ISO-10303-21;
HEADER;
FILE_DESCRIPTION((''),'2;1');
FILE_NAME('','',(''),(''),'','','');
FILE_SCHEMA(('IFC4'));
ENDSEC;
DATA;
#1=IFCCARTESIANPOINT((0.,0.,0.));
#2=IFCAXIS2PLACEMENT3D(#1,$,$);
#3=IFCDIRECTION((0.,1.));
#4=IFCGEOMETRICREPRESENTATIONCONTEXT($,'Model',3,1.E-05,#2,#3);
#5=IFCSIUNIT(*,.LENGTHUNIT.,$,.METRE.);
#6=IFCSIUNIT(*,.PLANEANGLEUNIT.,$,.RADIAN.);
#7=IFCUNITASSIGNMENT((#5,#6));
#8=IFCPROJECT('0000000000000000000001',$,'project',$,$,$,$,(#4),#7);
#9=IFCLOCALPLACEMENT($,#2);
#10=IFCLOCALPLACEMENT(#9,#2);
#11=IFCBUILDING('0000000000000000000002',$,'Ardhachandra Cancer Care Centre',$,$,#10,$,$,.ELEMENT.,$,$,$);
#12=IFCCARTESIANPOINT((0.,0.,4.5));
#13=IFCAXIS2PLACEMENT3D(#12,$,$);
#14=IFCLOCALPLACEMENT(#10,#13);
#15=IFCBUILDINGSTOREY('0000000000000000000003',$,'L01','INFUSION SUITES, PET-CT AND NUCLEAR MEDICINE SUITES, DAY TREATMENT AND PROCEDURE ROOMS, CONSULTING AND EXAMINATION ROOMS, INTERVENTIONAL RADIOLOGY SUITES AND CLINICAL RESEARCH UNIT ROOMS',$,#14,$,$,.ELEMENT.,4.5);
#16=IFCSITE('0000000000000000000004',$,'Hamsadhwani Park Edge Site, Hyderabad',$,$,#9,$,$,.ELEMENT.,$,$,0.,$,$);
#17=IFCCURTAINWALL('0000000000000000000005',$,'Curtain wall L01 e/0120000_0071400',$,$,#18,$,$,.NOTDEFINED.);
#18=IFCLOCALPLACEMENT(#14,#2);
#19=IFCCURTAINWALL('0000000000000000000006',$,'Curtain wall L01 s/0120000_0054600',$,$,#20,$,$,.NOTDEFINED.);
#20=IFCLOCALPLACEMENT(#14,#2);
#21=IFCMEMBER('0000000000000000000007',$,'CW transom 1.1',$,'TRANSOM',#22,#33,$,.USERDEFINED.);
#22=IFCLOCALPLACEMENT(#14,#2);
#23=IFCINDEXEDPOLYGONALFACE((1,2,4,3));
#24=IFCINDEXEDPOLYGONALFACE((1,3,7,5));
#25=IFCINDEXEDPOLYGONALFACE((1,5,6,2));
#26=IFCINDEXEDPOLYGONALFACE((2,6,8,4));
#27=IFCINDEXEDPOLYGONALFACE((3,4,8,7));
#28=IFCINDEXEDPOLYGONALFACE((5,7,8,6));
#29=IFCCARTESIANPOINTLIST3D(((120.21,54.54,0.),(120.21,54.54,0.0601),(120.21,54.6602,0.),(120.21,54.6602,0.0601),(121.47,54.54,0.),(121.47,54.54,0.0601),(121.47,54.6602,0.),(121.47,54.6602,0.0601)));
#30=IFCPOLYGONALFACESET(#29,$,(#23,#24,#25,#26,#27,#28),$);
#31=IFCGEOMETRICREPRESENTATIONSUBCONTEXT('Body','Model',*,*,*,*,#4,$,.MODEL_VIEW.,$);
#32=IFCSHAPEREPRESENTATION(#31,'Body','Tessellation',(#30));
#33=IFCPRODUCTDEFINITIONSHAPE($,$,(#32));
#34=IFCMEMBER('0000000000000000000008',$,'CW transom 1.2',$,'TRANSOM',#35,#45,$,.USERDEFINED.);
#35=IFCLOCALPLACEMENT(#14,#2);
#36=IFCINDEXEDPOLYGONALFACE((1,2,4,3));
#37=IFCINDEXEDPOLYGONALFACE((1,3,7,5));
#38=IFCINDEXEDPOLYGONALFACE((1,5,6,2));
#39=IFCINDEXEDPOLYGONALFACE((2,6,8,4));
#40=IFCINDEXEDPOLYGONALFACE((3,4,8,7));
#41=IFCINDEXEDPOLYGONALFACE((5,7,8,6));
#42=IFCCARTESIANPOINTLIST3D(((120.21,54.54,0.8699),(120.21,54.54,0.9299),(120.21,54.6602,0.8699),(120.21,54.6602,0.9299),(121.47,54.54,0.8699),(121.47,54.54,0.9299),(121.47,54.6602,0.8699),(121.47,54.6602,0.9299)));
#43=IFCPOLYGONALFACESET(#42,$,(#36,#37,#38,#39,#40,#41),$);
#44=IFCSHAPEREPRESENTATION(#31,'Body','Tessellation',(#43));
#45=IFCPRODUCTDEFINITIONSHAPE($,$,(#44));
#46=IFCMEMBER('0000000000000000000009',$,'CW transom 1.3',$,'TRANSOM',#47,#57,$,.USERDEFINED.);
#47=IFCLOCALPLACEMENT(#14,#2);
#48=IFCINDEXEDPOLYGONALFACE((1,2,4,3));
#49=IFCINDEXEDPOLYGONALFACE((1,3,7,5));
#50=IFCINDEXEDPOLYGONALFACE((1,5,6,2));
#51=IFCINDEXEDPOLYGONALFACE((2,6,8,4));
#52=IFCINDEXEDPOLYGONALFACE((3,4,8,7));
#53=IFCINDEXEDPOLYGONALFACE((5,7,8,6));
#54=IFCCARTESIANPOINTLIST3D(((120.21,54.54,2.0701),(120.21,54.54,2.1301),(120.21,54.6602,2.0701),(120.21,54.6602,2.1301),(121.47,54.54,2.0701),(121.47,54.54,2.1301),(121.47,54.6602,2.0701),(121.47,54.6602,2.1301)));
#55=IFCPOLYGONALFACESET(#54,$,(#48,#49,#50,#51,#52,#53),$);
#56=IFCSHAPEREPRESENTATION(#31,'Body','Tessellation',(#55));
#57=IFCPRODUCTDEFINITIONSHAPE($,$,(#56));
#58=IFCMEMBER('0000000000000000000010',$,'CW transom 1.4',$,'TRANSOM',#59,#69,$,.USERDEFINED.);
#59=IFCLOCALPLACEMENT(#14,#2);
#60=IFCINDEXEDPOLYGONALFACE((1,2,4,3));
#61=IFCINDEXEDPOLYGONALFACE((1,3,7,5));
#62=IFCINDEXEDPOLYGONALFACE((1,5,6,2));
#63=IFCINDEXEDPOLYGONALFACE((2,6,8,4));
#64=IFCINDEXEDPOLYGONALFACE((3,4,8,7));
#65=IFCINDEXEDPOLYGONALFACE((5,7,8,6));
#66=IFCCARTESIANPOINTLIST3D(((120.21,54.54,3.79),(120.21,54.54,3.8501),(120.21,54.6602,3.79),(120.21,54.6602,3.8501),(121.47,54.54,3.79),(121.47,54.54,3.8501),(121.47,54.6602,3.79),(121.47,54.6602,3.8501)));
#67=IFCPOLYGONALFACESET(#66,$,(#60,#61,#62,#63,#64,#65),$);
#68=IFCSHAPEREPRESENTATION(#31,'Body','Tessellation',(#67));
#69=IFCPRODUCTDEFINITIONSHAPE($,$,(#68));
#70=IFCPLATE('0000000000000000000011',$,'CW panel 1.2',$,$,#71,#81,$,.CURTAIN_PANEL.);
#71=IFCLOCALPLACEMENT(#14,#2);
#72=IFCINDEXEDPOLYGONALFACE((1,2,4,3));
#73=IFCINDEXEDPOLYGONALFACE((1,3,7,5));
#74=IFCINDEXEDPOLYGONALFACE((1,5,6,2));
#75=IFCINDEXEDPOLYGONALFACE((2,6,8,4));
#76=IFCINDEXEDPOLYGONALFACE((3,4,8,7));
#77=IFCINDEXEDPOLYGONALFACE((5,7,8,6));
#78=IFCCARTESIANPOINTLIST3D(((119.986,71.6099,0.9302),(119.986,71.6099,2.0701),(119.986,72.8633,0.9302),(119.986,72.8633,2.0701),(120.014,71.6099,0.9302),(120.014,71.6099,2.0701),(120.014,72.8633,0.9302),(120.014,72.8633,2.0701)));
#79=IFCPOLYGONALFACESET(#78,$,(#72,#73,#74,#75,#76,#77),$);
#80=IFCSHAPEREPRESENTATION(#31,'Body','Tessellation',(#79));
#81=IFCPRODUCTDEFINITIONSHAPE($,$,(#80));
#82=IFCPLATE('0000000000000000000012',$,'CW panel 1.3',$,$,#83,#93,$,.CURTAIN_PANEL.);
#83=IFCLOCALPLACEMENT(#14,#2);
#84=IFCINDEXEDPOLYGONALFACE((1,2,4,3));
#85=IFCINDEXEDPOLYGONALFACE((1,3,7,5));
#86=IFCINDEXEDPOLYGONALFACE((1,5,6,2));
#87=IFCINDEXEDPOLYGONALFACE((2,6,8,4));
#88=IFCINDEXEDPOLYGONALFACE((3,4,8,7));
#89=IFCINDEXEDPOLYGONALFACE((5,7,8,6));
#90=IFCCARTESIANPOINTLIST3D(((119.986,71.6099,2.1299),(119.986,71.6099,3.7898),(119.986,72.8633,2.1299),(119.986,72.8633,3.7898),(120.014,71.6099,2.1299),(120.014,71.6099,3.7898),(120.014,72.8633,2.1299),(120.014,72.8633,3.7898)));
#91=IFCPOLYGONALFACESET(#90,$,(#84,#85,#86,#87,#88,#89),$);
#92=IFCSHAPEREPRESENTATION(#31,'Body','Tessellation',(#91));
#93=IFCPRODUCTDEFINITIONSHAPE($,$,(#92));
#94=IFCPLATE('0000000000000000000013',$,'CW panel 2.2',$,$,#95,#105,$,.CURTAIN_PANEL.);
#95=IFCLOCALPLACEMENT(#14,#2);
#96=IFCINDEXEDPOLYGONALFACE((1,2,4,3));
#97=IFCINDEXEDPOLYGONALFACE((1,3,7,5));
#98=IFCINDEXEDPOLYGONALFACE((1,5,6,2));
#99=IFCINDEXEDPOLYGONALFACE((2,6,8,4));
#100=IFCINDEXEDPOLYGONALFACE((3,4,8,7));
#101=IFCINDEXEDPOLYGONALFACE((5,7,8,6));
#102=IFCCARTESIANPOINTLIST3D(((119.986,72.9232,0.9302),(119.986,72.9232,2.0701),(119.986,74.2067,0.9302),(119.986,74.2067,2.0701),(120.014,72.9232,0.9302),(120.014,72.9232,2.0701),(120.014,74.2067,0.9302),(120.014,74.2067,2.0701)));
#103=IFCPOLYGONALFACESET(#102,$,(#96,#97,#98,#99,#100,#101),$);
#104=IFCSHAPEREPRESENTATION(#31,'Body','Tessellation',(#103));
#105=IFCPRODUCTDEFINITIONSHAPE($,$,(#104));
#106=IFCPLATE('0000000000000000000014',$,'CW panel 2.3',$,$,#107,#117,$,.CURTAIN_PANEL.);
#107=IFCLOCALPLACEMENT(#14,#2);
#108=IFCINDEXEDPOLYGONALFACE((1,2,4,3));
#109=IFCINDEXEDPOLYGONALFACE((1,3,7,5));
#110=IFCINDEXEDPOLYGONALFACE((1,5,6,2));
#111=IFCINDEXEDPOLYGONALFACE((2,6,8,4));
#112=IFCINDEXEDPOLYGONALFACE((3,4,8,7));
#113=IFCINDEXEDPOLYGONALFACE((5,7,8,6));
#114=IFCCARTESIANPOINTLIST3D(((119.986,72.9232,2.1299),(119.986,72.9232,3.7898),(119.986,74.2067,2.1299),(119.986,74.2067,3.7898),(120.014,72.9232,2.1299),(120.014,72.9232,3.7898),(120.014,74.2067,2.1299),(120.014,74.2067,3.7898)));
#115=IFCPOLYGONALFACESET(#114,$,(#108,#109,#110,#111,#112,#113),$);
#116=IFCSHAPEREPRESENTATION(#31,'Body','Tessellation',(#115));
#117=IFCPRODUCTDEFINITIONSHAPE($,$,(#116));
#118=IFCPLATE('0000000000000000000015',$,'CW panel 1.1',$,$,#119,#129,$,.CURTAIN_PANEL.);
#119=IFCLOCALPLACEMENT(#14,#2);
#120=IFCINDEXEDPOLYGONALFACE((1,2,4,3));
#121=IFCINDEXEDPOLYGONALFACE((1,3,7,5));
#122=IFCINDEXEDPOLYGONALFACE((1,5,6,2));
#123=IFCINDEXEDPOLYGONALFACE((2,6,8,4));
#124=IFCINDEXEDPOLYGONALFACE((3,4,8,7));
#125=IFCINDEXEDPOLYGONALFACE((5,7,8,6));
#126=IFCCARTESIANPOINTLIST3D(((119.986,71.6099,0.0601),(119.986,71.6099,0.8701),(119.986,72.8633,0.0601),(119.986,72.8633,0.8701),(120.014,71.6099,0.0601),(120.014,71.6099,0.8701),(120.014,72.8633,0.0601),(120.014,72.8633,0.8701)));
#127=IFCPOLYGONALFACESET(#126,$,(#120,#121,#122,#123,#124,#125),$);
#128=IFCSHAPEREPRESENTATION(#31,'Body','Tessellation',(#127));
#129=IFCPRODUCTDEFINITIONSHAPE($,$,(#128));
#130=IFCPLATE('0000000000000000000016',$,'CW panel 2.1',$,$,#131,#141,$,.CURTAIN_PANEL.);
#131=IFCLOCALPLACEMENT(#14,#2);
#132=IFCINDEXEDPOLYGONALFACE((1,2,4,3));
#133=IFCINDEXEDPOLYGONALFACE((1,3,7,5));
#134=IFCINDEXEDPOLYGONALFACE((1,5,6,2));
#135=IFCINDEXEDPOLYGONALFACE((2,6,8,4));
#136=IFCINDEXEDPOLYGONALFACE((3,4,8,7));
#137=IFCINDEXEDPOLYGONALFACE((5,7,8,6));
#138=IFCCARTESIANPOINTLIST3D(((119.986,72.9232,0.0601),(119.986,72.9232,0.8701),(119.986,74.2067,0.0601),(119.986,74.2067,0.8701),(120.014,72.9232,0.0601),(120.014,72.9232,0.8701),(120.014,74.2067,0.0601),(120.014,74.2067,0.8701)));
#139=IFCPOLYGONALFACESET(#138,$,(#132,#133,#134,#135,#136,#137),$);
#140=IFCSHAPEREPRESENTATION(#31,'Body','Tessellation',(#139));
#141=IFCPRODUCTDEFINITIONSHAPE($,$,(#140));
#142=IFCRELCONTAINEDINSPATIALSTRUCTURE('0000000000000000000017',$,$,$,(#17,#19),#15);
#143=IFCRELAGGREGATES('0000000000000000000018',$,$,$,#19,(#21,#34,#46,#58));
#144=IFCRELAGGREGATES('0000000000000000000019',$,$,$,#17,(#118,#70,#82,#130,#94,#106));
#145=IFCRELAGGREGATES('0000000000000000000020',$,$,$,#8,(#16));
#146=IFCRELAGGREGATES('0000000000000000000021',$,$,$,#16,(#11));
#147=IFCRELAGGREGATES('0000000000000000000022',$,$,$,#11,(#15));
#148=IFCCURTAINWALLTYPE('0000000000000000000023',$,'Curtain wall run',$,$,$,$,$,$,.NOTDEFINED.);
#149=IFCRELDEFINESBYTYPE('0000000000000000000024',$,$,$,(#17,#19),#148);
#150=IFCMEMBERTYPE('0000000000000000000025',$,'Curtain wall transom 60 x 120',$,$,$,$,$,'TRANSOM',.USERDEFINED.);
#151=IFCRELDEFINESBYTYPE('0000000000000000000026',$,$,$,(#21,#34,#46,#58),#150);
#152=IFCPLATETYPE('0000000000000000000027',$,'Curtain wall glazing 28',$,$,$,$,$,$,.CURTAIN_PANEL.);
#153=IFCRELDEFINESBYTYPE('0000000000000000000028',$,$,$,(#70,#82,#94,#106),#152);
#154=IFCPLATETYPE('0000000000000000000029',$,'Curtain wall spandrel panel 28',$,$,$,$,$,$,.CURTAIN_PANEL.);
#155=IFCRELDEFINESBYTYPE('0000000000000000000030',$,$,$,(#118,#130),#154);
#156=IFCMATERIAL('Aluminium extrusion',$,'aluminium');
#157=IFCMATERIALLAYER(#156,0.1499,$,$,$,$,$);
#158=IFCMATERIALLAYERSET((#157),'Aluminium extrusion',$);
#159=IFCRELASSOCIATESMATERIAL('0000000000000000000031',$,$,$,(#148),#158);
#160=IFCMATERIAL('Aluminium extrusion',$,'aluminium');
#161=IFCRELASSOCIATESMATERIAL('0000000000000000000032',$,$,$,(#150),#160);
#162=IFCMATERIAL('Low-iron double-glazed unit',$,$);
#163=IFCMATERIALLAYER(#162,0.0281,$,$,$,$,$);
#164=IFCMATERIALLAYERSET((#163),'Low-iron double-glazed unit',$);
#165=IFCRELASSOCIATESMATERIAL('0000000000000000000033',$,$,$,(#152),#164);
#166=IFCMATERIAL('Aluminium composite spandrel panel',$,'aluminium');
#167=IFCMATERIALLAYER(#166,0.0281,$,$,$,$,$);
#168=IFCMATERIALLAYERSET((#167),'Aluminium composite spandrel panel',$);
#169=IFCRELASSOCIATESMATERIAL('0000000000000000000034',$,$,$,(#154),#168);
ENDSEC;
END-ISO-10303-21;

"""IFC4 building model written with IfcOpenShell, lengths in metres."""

from ifc_helpers import new_model, si_unit, direction, frame, origin, origin_2d, place, context, subcontext, project, spatial, rectangle, extrude, material, layer, layer_set, material_profile, profile_set, type_object, element, aggregate, save


model = new_model("IFC4")

# Units and contexts
model_context = context("Model", 3, precision=1e-05, world=origin(), true_north=direction((0.0, 1.0)))
body_context = subcontext(model_context, "Body", "Model", "MODEL_VIEW")
ifc_project = project(units=[si_unit("LENGTHUNIT", "METRE"), si_unit("PLANEANGLEUNIT", "RADIAN")], contexts=[model_context])

# Site, building, storey
site_placement = place(None, origin())
site = spatial("IfcSite", under=ifc_project, at=site_placement, Name="Hamsadhwani Park Edge Site, Hyderabad", CompositionType="ELEMENT", RefElevation=0.0)
building_placement = place(site_placement, origin())
building = spatial("IfcBuilding", under=site, at=building_placement, Name="Ardhachandra Cancer Care Centre", CompositionType="ELEMENT")
storey_placement = place(building_placement, frame((0.0, 0.0, 4.5)))
storey = spatial("IfcBuildingStorey", under=building, at=storey_placement, Name="L01", Description="INFUSION SUITES, PET-CT AND NUCLEAR MEDICINE SUITES, DAY TREATMENT AND PROCEDURE ROOMS, CONSULTING AND EXAMINATION ROOMS, INTERVENTIONAL RADIOLOGY SUITES AND CLINICAL RESEARCH UNIT ROOMS", CompositionType="ELEMENT", Elevation=4.5)

# Curtain wall
ifc_material_1 = material(Name="Aluminium extrusion", Category="aluminium")
ifc_layer_1 = layer(ifc_material_1, 0.1499)
ifc_layer_set_1 = layer_set([ifc_layer_1], Name="Aluminium extrusion")
curtain_wall_type = type_object("IfcCurtainWallType", Name="Curtain wall run", PredefinedType="NOTDEFINED", material=ifc_layer_set_1)
curtain_wall_1_placement = place(storey_placement, origin())
curtain_wall_1 = element("IfcCurtainWall", 1, at=curtain_wall_1_placement, inside=storey, type_object=curtain_wall_type, Name="Curtain wall L01 e/0120000_0071400", PredefinedType="NOTDEFINED")

# Curtain wall
curtain_wall_2_placement = place(storey_placement, origin())
curtain_wall_2 = element("IfcCurtainWall", 2, at=curtain_wall_2_placement, inside=storey, type_object=curtain_wall_type, Name="Curtain wall L01 s/0120000_0054600", PredefinedType="NOTDEFINED")

# Members
ifc_material_2 = material(Name="Aluminium extrusion", Category="aluminium")
ifc_material_profile_1 = material_profile(ifc_material_2, rectangle(XDim=0.1201, YDim=0.0601, at=origin_2d()), Name="Curtain wall transom 60 x 120")
ifc_profile_set_1 = profile_set([ifc_material_profile_1], Name="Aluminium extrusion")
member_type_1 = type_object("IfcMemberType", Name="Curtain wall transom 60 x 120", ElementType="TRANSOM", PredefinedType="USERDEFINED", material=ifc_profile_set_1)
member_1_placement = place(storey_placement, frame((120.21, 54.6001, 0.03), z_axis=(1.0, 0.0, 0.0), x_axis=(0.0, 1.0, 0.0)))
member_1 = element("IfcMember", 3, at=member_1_placement, type_object=member_type_1, Name="CW transom 1.1", ObjectType="TRANSOM", PredefinedType="USERDEFINED", context=body_context, shape_type="SweptSolid", body=[
    extrude(rectangle(XDim=0.1201, YDim=0.0601, at=origin_2d()), origin(), (0.0, 0.0, 1.0), 1.26),
])
member_2_placement = place(storey_placement, frame((120.21, 54.6001, 0.8999), z_axis=(1.0, 0.0, 0.0), x_axis=(0.0, 1.0, 0.0)))
member_2 = element("IfcMember", 4, at=member_2_placement, type_object=member_type_1, Name="CW transom 1.2", ObjectType="TRANSOM", PredefinedType="USERDEFINED", context=body_context, shape_type="SweptSolid", body=[
    extrude(rectangle(XDim=0.1201, YDim=0.0601, at=origin_2d()), origin(), (0.0, 0.0, 1.0), 1.26),
])
member_3_placement = place(storey_placement, frame((120.21, 54.6001, 2.1001), z_axis=(1.0, 0.0, 0.0), x_axis=(0.0, 1.0, 0.0)))
member_3 = element("IfcMember", 5, at=member_3_placement, type_object=member_type_1, Name="CW transom 1.3", ObjectType="TRANSOM", PredefinedType="USERDEFINED", context=body_context, shape_type="SweptSolid", body=[
    extrude(rectangle(XDim=0.1201, YDim=0.0601, at=origin_2d()), origin(), (0.0, 0.0, 1.0), 1.26),
])
member_4_placement = place(storey_placement, frame((120.21, 54.6001, 3.8201), z_axis=(1.0, 0.0, 0.0), x_axis=(0.0, 1.0, 0.0)))
member_4 = element("IfcMember", 6, at=member_4_placement, type_object=member_type_1, Name="CW transom 1.4", ObjectType="TRANSOM", PredefinedType="USERDEFINED", context=body_context, shape_type="SweptSolid", body=[
    extrude(rectangle(XDim=0.1201, YDim=0.0601, at=origin_2d()), origin(), (0.0, 0.0, 1.0), 1.26),
])
aggregate(curtain_wall_2, [member_1, member_2, member_3, member_4])

# Plates
ifc_material_3 = material(Name="Low-iron double-glazed unit")
ifc_layer_2 = layer(ifc_material_3, 0.0281)
ifc_layer_set_2 = layer_set([ifc_layer_2], Name="Low-iron double-glazed unit")
plate_type_1 = type_object("IfcPlateType", Name="Curtain wall glazing 28", PredefinedType="CURTAIN_PANEL", material=ifc_layer_set_2)
plate_1_placement = place(storey_placement, frame((120.0, 72.2366, 0.9302), z_axis=(0.0, 0.0, 1.0), x_axis=(0.0, 1.0, 0.0)))
plate_1 = element("IfcPlate", 7, at=plate_1_placement, type_object=plate_type_1, Name="CW panel 1.2", PredefinedType="CURTAIN_PANEL", context=body_context, shape_type="SweptSolid", body=[
    extrude(rectangle(XDim=1.2534, YDim=0.0281, at=origin_2d()), origin(), (0.0, 0.0, 1.0), 1.1399),
])
plate_2_placement = place(storey_placement, frame((120.0, 72.2366, 2.1299), z_axis=(0.0, 0.0, 1.0), x_axis=(0.0, 1.0, 0.0)))
plate_2 = element("IfcPlate", 8, at=plate_2_placement, type_object=plate_type_1, Name="CW panel 1.3", PredefinedType="CURTAIN_PANEL", context=body_context, shape_type="SweptSolid", body=[
    extrude(rectangle(XDim=1.2534, YDim=0.0281, at=origin_2d()), origin(), (0.0, 0.0, 1.0), 1.6599),
])
plate_3_placement = place(storey_placement, frame((120.0, 73.5649, 0.9302), z_axis=(0.0, 0.0, 1.0), x_axis=(0.0, 1.0, 0.0)))
plate_3 = element("IfcPlate", 9, at=plate_3_placement, type_object=plate_type_1, Name="CW panel 2.2", PredefinedType="CURTAIN_PANEL", context=body_context, shape_type="SweptSolid", body=[
    extrude(rectangle(XDim=1.2834, YDim=0.0281, at=origin_2d()), origin(), (0.0, 0.0, 1.0), 1.1399),
])
plate_4_placement = place(storey_placement, frame((120.0, 73.5649, 2.1299), z_axis=(0.0, 0.0, 1.0), x_axis=(0.0, 1.0, 0.0)))
plate_4 = element("IfcPlate", 10, at=plate_4_placement, type_object=plate_type_1, Name="CW panel 2.3", PredefinedType="CURTAIN_PANEL", context=body_context, shape_type="SweptSolid", body=[
    extrude(rectangle(XDim=1.2834, YDim=0.0281, at=origin_2d()), origin(), (0.0, 0.0, 1.0), 1.6599),
])
ifc_material_4 = material(Name="Aluminium composite spandrel panel", Category="aluminium")
ifc_layer_3 = layer(ifc_material_4, 0.0281)
ifc_layer_set_3 = layer_set([ifc_layer_3], Name="Aluminium composite spandrel panel")
plate_type_2 = type_object("IfcPlateType", Name="Curtain wall spandrel panel 28", PredefinedType="CURTAIN_PANEL", material=ifc_layer_set_3)
plate_5_placement = place(storey_placement, frame((120.0, 72.2366, 0.0601), z_axis=(0.0, 0.0, 1.0), x_axis=(0.0, 1.0, 0.0)))
plate_5 = element("IfcPlate", 11, at=plate_5_placement, type_object=plate_type_2, Name="CW panel 1.1", PredefinedType="CURTAIN_PANEL", context=body_context, shape_type="SweptSolid", body=[
    extrude(rectangle(XDim=1.2534, YDim=0.0281, at=origin_2d()), origin(), (0.0, 0.0, 1.0), 0.8101),
])
plate_6_placement = place(storey_placement, frame((120.0, 73.5649, 0.0601), z_axis=(0.0, 0.0, 1.0), x_axis=(0.0, 1.0, 0.0)))
plate_6 = element("IfcPlate", 12, at=plate_6_placement, type_object=plate_type_2, Name="CW panel 2.1", PredefinedType="CURTAIN_PANEL", context=body_context, shape_type="SweptSolid", body=[
    extrude(rectangle(XDim=1.2834, YDim=0.0281, at=origin_2d()), origin(), (0.0, 0.0, 1.0), 0.8101),
])
aggregate(curtain_wall_1, [plate_5, plate_1, plate_2, plate_6, plate_3, plate_4])

save(model, "model.ifc")
